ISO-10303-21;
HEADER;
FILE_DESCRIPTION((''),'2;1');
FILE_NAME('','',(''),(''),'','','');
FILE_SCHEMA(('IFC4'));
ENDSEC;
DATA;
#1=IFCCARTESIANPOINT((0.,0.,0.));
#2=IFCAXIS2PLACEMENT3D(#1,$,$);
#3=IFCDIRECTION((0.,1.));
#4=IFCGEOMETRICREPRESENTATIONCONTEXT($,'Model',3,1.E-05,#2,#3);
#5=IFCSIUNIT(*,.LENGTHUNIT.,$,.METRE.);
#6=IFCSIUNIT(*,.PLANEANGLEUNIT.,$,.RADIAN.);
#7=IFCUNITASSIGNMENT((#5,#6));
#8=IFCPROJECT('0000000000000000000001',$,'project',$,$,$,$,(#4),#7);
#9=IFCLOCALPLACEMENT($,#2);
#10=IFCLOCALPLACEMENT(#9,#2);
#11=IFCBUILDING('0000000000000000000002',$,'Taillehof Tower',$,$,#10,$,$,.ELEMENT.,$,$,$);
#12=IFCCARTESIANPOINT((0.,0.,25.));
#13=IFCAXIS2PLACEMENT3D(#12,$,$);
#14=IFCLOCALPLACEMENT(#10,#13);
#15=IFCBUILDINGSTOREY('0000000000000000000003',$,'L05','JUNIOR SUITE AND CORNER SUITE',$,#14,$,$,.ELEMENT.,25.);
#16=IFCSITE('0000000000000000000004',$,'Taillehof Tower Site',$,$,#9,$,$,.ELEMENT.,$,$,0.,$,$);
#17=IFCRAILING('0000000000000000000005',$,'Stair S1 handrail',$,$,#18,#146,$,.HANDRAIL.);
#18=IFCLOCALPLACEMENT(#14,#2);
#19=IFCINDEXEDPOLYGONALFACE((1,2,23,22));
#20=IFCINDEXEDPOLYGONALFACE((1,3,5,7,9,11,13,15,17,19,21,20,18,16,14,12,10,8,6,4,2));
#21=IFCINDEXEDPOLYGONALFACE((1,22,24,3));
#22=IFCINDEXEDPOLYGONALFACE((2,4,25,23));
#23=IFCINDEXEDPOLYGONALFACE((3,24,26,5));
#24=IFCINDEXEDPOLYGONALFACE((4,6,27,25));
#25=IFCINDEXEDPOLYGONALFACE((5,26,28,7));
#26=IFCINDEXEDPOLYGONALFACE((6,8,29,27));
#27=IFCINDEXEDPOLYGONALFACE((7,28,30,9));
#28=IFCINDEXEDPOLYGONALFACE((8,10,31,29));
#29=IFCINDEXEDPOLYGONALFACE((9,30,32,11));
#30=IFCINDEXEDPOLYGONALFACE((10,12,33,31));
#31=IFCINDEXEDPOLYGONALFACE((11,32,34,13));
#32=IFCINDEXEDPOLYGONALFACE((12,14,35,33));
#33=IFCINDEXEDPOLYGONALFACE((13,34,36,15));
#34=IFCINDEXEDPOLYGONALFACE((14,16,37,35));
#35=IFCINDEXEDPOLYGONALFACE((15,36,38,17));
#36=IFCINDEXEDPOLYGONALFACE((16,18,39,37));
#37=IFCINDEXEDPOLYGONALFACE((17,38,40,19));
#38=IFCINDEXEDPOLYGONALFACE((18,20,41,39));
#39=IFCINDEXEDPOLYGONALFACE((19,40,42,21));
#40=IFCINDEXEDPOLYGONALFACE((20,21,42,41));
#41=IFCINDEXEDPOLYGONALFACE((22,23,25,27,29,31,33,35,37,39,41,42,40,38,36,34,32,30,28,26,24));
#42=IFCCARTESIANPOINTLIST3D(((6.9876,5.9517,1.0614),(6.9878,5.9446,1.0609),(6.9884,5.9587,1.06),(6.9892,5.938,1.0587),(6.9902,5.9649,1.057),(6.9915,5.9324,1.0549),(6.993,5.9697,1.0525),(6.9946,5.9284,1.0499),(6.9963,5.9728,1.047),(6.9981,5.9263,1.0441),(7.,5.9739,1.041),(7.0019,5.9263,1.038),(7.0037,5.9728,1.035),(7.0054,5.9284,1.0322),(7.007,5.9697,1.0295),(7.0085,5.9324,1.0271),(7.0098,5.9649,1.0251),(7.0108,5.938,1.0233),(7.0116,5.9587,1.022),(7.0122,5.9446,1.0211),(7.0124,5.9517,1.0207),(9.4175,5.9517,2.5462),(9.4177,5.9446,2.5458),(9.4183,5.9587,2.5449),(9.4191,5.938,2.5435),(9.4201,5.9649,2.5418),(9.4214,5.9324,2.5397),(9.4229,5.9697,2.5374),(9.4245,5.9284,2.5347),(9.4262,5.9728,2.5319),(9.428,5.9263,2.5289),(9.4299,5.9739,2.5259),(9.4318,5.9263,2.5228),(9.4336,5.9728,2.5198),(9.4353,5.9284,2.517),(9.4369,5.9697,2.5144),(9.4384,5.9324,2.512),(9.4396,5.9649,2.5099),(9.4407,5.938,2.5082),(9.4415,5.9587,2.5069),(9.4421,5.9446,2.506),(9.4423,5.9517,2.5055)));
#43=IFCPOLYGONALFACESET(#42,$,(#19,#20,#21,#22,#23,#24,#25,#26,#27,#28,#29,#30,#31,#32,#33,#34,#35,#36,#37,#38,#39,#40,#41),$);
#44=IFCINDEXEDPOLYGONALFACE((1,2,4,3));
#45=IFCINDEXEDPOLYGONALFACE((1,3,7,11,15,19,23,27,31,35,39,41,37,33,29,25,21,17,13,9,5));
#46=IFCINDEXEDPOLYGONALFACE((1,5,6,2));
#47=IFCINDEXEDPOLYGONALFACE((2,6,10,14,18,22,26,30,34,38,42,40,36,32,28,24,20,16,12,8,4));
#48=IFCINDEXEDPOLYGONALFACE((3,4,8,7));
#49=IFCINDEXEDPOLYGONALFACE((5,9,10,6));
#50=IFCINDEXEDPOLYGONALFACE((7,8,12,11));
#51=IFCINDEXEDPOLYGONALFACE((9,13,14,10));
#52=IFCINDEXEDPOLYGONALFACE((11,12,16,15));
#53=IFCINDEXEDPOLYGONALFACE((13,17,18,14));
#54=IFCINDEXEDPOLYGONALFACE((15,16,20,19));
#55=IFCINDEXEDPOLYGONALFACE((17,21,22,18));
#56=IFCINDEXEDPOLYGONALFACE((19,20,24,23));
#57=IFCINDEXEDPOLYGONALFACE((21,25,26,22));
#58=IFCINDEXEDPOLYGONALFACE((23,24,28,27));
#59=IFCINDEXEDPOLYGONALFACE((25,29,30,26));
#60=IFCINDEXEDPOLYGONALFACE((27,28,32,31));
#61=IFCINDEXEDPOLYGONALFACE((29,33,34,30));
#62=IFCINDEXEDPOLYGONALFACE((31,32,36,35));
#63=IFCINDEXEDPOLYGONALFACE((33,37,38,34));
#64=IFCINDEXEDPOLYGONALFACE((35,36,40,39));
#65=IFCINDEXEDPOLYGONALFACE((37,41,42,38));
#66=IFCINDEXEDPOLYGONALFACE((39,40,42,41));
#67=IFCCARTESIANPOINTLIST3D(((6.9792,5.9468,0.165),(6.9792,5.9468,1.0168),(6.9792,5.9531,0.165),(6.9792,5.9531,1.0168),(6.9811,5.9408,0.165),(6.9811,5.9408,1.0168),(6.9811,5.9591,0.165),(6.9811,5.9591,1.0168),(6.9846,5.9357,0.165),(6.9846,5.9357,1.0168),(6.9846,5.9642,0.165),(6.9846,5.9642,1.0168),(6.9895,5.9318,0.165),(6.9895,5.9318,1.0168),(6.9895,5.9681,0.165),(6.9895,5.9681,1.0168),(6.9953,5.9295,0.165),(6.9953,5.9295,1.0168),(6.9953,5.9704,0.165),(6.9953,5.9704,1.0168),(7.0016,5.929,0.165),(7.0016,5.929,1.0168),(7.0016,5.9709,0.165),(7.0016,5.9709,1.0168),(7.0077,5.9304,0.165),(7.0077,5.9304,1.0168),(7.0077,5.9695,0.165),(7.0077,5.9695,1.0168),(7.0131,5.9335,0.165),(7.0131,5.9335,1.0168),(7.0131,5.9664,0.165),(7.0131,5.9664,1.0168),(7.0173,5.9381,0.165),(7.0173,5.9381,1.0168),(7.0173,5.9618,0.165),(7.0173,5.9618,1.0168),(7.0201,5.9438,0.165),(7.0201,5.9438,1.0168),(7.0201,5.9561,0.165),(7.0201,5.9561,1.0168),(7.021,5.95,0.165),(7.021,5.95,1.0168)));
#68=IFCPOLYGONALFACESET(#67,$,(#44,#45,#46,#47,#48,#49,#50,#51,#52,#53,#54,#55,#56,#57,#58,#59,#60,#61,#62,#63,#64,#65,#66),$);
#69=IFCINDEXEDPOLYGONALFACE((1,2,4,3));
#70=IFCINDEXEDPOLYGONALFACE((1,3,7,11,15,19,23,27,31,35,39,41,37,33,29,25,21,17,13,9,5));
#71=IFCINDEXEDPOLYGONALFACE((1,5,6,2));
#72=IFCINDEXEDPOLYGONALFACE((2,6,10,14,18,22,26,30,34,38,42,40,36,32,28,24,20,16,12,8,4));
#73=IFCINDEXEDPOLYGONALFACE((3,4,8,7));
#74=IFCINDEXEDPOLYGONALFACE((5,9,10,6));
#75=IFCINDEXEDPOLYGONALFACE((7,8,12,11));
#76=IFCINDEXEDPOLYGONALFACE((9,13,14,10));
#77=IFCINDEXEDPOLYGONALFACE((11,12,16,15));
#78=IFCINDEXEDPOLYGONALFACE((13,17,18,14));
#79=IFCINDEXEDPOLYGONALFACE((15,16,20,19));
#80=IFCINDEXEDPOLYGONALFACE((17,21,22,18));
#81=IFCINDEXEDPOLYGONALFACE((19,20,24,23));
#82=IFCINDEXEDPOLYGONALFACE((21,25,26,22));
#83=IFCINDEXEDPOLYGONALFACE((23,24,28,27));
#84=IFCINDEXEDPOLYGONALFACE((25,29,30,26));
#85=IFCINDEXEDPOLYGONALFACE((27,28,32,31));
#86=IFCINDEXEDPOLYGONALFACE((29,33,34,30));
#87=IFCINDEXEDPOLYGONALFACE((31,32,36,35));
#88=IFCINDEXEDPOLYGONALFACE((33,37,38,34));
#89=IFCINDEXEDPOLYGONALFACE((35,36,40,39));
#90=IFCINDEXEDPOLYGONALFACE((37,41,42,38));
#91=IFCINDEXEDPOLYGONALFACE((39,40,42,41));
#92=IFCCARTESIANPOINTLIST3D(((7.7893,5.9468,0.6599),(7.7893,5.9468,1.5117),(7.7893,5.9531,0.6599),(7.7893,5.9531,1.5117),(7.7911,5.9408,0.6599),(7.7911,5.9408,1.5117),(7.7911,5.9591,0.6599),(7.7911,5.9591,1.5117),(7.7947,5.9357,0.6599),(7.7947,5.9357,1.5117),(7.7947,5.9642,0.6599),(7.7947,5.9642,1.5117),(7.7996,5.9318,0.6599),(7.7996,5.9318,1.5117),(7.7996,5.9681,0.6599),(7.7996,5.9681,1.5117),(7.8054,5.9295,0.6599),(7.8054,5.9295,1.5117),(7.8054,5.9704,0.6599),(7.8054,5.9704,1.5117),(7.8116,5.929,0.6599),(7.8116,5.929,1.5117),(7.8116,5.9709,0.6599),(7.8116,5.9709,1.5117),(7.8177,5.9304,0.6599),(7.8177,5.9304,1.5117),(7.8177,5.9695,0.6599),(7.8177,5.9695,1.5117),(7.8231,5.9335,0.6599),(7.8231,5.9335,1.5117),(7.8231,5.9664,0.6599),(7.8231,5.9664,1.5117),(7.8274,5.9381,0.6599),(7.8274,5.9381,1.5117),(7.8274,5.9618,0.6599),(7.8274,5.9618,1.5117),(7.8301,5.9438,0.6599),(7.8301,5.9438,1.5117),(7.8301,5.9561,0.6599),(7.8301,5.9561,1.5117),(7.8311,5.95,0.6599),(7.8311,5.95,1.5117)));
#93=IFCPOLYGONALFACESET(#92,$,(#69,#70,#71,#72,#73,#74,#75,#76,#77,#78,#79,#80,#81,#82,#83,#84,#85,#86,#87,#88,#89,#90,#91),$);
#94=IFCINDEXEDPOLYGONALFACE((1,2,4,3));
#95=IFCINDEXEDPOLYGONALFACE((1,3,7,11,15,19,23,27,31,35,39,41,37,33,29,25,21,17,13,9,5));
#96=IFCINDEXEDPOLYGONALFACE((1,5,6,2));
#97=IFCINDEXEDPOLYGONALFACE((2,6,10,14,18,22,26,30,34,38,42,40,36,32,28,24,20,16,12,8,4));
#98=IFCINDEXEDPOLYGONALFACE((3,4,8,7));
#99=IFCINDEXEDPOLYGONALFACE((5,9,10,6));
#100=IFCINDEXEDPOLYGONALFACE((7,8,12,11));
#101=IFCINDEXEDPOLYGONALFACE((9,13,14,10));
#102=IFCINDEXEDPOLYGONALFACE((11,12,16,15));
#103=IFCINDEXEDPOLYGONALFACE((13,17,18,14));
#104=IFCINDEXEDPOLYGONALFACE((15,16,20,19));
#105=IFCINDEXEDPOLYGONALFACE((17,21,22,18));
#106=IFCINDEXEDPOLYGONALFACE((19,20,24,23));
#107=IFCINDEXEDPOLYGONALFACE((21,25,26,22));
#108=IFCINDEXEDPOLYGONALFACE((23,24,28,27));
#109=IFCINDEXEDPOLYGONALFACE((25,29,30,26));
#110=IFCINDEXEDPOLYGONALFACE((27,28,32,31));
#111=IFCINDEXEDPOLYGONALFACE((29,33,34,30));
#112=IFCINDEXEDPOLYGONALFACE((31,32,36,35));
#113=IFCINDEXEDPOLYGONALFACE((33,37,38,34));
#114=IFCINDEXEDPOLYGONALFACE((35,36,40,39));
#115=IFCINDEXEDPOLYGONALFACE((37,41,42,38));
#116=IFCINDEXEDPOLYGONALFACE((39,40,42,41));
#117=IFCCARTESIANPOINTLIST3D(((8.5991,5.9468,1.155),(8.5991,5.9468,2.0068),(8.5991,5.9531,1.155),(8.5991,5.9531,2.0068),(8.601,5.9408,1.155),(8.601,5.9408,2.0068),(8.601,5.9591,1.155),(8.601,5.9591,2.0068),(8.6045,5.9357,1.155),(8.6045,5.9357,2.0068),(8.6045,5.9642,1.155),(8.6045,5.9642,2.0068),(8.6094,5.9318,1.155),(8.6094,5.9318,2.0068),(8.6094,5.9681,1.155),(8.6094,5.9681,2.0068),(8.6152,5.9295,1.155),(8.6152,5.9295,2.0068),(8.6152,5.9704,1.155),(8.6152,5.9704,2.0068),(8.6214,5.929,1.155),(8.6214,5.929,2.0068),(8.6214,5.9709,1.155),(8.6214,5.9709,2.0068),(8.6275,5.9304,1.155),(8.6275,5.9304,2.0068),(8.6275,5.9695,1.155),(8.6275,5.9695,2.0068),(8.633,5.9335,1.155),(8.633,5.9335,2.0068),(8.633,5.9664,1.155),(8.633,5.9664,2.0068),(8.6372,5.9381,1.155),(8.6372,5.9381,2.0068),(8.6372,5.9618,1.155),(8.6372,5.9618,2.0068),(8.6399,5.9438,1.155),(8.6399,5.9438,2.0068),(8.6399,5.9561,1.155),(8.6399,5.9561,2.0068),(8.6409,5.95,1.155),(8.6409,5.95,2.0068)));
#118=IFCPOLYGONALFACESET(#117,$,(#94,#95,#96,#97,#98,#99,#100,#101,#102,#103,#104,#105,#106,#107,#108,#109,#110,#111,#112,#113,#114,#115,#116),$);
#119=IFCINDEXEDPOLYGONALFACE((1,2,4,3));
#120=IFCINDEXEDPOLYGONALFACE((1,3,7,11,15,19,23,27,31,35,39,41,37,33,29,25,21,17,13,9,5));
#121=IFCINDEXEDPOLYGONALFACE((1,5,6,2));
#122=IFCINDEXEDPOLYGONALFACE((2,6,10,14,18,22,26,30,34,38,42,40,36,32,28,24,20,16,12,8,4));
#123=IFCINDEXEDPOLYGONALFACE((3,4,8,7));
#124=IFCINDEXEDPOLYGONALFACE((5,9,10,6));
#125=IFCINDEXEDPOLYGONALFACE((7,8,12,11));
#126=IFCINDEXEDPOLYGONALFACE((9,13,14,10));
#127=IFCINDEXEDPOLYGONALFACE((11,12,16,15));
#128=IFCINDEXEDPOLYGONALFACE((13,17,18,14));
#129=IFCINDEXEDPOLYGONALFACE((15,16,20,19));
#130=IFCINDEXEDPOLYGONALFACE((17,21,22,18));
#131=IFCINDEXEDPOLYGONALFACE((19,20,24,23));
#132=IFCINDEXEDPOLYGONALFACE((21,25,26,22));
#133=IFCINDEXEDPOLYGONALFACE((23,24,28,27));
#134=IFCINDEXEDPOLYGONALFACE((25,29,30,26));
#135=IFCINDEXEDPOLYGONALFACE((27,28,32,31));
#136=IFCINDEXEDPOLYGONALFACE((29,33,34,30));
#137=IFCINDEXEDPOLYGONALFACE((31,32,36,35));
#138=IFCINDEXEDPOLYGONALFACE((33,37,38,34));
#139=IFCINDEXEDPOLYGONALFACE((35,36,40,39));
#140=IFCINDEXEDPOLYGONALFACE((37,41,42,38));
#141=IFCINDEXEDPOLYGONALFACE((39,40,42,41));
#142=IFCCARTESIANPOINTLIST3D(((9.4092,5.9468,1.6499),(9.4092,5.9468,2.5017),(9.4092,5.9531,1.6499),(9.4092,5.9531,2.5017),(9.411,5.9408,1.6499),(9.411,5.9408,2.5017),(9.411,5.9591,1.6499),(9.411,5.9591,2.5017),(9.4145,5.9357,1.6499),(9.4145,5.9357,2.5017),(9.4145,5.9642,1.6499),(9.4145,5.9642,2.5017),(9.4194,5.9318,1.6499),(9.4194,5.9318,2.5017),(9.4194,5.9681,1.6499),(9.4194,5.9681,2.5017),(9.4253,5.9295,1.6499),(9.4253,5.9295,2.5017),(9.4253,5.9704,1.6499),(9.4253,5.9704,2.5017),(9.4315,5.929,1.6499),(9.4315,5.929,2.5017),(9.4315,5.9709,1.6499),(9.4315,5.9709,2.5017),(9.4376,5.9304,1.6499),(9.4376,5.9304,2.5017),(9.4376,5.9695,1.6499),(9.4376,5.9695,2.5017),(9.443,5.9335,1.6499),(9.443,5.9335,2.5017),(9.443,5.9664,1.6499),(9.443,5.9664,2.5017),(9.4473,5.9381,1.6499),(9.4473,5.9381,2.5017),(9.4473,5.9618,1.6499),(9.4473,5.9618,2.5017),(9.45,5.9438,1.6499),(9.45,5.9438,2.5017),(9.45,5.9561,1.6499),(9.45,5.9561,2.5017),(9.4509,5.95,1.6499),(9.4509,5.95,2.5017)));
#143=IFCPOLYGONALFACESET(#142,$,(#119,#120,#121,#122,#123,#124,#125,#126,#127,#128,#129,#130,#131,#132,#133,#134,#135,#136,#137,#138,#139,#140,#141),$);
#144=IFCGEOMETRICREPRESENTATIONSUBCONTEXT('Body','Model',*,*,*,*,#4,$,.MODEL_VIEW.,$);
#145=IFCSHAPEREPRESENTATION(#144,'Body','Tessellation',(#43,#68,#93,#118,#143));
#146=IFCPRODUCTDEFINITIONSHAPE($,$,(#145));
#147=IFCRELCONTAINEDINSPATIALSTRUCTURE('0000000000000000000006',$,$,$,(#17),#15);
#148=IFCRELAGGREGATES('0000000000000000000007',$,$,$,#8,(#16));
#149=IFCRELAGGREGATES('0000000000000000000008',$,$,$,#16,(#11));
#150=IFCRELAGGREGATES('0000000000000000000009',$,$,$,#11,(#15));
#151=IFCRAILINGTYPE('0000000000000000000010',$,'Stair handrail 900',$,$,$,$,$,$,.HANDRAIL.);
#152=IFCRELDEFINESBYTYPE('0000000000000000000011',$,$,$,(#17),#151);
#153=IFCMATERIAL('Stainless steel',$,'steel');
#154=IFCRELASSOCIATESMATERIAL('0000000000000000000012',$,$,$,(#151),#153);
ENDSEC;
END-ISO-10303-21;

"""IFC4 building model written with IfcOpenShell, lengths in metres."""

from ifc_helpers import new_model, si_unit, direction, frame, origin, origin_2d, place, context, subcontext, project, spatial, circle, extrude, material, type_object, element, save


model = new_model("IFC4")

# Units and contexts
model_context = context("Model", 3, precision=1e-05, world=origin(), true_north=direction((0.0, 1.0)))
body_context = subcontext(model_context, "Body", "Model", "MODEL_VIEW")
ifc_project = project(units=[si_unit("LENGTHUNIT", "METRE"), si_unit("PLANEANGLEUNIT", "RADIAN")], contexts=[model_context])

# Site, building, storey
site_placement = place(None, origin())
site = spatial("IfcSite", under=ifc_project, at=site_placement, Name="Taillehof Tower Site", CompositionType="ELEMENT", RefElevation=0.0)
building_placement = place(site_placement, origin())
building = spatial("IfcBuilding", under=site, at=building_placement, Name="Taillehof Tower", CompositionType="ELEMENT")
storey_placement = place(building_placement, frame((0.0, 0.0, 25.0)))
storey = spatial("IfcBuildingStorey", under=building, at=storey_placement, Name="L05", Description="JUNIOR SUITE AND CORNER SUITE", CompositionType="ELEMENT", Elevation=25.0)

# Railing
ifc_material_1 = material(Name="Stainless steel", Category="steel")
railing_type = type_object("IfcRailingType", Name="Stair handrail 900", PredefinedType="HANDRAIL", material=ifc_material_1)
railing_1_placement = place(storey_placement, frame((7.0, 5.95, 0.165)))
element("IfcRailing", 1, at=railing_1_placement, inside=storey, type_object=railing_type, Name="Stair S1 handrail", PredefinedType="HANDRAIL", context=body_context, shape_type="SweptSolid", body=[
    extrude(circle(Radius=0.0239, at=origin_2d()), frame((0.0, 0.0, 0.876), z_axis=(0.853297, 0.0, 0.521426), x_axis=(0.0, 1.0, 0.0)), (0.0, 0.0, 1.0), 2.8477),
    extrude(circle(Radius=0.021, at=origin_2d()), origin(), (0.0, 0.0, 1.0), 0.8518),
    extrude(circle(Radius=0.021, at=origin_2d()), frame((0.8101, 0.0, 0.4949)), (0.0, 0.0, 1.0), 0.8518),
    extrude(circle(Radius=0.021, at=origin_2d()), frame((1.6199, 0.0, 0.99)), (0.0, 0.0, 1.0), 0.8518),
    extrude(circle(Radius=0.021, at=origin_2d()), frame((2.4299, 0.0, 1.4849)), (0.0, 0.0, 1.0), 0.8518),
])

save(model, "model.ifc")
